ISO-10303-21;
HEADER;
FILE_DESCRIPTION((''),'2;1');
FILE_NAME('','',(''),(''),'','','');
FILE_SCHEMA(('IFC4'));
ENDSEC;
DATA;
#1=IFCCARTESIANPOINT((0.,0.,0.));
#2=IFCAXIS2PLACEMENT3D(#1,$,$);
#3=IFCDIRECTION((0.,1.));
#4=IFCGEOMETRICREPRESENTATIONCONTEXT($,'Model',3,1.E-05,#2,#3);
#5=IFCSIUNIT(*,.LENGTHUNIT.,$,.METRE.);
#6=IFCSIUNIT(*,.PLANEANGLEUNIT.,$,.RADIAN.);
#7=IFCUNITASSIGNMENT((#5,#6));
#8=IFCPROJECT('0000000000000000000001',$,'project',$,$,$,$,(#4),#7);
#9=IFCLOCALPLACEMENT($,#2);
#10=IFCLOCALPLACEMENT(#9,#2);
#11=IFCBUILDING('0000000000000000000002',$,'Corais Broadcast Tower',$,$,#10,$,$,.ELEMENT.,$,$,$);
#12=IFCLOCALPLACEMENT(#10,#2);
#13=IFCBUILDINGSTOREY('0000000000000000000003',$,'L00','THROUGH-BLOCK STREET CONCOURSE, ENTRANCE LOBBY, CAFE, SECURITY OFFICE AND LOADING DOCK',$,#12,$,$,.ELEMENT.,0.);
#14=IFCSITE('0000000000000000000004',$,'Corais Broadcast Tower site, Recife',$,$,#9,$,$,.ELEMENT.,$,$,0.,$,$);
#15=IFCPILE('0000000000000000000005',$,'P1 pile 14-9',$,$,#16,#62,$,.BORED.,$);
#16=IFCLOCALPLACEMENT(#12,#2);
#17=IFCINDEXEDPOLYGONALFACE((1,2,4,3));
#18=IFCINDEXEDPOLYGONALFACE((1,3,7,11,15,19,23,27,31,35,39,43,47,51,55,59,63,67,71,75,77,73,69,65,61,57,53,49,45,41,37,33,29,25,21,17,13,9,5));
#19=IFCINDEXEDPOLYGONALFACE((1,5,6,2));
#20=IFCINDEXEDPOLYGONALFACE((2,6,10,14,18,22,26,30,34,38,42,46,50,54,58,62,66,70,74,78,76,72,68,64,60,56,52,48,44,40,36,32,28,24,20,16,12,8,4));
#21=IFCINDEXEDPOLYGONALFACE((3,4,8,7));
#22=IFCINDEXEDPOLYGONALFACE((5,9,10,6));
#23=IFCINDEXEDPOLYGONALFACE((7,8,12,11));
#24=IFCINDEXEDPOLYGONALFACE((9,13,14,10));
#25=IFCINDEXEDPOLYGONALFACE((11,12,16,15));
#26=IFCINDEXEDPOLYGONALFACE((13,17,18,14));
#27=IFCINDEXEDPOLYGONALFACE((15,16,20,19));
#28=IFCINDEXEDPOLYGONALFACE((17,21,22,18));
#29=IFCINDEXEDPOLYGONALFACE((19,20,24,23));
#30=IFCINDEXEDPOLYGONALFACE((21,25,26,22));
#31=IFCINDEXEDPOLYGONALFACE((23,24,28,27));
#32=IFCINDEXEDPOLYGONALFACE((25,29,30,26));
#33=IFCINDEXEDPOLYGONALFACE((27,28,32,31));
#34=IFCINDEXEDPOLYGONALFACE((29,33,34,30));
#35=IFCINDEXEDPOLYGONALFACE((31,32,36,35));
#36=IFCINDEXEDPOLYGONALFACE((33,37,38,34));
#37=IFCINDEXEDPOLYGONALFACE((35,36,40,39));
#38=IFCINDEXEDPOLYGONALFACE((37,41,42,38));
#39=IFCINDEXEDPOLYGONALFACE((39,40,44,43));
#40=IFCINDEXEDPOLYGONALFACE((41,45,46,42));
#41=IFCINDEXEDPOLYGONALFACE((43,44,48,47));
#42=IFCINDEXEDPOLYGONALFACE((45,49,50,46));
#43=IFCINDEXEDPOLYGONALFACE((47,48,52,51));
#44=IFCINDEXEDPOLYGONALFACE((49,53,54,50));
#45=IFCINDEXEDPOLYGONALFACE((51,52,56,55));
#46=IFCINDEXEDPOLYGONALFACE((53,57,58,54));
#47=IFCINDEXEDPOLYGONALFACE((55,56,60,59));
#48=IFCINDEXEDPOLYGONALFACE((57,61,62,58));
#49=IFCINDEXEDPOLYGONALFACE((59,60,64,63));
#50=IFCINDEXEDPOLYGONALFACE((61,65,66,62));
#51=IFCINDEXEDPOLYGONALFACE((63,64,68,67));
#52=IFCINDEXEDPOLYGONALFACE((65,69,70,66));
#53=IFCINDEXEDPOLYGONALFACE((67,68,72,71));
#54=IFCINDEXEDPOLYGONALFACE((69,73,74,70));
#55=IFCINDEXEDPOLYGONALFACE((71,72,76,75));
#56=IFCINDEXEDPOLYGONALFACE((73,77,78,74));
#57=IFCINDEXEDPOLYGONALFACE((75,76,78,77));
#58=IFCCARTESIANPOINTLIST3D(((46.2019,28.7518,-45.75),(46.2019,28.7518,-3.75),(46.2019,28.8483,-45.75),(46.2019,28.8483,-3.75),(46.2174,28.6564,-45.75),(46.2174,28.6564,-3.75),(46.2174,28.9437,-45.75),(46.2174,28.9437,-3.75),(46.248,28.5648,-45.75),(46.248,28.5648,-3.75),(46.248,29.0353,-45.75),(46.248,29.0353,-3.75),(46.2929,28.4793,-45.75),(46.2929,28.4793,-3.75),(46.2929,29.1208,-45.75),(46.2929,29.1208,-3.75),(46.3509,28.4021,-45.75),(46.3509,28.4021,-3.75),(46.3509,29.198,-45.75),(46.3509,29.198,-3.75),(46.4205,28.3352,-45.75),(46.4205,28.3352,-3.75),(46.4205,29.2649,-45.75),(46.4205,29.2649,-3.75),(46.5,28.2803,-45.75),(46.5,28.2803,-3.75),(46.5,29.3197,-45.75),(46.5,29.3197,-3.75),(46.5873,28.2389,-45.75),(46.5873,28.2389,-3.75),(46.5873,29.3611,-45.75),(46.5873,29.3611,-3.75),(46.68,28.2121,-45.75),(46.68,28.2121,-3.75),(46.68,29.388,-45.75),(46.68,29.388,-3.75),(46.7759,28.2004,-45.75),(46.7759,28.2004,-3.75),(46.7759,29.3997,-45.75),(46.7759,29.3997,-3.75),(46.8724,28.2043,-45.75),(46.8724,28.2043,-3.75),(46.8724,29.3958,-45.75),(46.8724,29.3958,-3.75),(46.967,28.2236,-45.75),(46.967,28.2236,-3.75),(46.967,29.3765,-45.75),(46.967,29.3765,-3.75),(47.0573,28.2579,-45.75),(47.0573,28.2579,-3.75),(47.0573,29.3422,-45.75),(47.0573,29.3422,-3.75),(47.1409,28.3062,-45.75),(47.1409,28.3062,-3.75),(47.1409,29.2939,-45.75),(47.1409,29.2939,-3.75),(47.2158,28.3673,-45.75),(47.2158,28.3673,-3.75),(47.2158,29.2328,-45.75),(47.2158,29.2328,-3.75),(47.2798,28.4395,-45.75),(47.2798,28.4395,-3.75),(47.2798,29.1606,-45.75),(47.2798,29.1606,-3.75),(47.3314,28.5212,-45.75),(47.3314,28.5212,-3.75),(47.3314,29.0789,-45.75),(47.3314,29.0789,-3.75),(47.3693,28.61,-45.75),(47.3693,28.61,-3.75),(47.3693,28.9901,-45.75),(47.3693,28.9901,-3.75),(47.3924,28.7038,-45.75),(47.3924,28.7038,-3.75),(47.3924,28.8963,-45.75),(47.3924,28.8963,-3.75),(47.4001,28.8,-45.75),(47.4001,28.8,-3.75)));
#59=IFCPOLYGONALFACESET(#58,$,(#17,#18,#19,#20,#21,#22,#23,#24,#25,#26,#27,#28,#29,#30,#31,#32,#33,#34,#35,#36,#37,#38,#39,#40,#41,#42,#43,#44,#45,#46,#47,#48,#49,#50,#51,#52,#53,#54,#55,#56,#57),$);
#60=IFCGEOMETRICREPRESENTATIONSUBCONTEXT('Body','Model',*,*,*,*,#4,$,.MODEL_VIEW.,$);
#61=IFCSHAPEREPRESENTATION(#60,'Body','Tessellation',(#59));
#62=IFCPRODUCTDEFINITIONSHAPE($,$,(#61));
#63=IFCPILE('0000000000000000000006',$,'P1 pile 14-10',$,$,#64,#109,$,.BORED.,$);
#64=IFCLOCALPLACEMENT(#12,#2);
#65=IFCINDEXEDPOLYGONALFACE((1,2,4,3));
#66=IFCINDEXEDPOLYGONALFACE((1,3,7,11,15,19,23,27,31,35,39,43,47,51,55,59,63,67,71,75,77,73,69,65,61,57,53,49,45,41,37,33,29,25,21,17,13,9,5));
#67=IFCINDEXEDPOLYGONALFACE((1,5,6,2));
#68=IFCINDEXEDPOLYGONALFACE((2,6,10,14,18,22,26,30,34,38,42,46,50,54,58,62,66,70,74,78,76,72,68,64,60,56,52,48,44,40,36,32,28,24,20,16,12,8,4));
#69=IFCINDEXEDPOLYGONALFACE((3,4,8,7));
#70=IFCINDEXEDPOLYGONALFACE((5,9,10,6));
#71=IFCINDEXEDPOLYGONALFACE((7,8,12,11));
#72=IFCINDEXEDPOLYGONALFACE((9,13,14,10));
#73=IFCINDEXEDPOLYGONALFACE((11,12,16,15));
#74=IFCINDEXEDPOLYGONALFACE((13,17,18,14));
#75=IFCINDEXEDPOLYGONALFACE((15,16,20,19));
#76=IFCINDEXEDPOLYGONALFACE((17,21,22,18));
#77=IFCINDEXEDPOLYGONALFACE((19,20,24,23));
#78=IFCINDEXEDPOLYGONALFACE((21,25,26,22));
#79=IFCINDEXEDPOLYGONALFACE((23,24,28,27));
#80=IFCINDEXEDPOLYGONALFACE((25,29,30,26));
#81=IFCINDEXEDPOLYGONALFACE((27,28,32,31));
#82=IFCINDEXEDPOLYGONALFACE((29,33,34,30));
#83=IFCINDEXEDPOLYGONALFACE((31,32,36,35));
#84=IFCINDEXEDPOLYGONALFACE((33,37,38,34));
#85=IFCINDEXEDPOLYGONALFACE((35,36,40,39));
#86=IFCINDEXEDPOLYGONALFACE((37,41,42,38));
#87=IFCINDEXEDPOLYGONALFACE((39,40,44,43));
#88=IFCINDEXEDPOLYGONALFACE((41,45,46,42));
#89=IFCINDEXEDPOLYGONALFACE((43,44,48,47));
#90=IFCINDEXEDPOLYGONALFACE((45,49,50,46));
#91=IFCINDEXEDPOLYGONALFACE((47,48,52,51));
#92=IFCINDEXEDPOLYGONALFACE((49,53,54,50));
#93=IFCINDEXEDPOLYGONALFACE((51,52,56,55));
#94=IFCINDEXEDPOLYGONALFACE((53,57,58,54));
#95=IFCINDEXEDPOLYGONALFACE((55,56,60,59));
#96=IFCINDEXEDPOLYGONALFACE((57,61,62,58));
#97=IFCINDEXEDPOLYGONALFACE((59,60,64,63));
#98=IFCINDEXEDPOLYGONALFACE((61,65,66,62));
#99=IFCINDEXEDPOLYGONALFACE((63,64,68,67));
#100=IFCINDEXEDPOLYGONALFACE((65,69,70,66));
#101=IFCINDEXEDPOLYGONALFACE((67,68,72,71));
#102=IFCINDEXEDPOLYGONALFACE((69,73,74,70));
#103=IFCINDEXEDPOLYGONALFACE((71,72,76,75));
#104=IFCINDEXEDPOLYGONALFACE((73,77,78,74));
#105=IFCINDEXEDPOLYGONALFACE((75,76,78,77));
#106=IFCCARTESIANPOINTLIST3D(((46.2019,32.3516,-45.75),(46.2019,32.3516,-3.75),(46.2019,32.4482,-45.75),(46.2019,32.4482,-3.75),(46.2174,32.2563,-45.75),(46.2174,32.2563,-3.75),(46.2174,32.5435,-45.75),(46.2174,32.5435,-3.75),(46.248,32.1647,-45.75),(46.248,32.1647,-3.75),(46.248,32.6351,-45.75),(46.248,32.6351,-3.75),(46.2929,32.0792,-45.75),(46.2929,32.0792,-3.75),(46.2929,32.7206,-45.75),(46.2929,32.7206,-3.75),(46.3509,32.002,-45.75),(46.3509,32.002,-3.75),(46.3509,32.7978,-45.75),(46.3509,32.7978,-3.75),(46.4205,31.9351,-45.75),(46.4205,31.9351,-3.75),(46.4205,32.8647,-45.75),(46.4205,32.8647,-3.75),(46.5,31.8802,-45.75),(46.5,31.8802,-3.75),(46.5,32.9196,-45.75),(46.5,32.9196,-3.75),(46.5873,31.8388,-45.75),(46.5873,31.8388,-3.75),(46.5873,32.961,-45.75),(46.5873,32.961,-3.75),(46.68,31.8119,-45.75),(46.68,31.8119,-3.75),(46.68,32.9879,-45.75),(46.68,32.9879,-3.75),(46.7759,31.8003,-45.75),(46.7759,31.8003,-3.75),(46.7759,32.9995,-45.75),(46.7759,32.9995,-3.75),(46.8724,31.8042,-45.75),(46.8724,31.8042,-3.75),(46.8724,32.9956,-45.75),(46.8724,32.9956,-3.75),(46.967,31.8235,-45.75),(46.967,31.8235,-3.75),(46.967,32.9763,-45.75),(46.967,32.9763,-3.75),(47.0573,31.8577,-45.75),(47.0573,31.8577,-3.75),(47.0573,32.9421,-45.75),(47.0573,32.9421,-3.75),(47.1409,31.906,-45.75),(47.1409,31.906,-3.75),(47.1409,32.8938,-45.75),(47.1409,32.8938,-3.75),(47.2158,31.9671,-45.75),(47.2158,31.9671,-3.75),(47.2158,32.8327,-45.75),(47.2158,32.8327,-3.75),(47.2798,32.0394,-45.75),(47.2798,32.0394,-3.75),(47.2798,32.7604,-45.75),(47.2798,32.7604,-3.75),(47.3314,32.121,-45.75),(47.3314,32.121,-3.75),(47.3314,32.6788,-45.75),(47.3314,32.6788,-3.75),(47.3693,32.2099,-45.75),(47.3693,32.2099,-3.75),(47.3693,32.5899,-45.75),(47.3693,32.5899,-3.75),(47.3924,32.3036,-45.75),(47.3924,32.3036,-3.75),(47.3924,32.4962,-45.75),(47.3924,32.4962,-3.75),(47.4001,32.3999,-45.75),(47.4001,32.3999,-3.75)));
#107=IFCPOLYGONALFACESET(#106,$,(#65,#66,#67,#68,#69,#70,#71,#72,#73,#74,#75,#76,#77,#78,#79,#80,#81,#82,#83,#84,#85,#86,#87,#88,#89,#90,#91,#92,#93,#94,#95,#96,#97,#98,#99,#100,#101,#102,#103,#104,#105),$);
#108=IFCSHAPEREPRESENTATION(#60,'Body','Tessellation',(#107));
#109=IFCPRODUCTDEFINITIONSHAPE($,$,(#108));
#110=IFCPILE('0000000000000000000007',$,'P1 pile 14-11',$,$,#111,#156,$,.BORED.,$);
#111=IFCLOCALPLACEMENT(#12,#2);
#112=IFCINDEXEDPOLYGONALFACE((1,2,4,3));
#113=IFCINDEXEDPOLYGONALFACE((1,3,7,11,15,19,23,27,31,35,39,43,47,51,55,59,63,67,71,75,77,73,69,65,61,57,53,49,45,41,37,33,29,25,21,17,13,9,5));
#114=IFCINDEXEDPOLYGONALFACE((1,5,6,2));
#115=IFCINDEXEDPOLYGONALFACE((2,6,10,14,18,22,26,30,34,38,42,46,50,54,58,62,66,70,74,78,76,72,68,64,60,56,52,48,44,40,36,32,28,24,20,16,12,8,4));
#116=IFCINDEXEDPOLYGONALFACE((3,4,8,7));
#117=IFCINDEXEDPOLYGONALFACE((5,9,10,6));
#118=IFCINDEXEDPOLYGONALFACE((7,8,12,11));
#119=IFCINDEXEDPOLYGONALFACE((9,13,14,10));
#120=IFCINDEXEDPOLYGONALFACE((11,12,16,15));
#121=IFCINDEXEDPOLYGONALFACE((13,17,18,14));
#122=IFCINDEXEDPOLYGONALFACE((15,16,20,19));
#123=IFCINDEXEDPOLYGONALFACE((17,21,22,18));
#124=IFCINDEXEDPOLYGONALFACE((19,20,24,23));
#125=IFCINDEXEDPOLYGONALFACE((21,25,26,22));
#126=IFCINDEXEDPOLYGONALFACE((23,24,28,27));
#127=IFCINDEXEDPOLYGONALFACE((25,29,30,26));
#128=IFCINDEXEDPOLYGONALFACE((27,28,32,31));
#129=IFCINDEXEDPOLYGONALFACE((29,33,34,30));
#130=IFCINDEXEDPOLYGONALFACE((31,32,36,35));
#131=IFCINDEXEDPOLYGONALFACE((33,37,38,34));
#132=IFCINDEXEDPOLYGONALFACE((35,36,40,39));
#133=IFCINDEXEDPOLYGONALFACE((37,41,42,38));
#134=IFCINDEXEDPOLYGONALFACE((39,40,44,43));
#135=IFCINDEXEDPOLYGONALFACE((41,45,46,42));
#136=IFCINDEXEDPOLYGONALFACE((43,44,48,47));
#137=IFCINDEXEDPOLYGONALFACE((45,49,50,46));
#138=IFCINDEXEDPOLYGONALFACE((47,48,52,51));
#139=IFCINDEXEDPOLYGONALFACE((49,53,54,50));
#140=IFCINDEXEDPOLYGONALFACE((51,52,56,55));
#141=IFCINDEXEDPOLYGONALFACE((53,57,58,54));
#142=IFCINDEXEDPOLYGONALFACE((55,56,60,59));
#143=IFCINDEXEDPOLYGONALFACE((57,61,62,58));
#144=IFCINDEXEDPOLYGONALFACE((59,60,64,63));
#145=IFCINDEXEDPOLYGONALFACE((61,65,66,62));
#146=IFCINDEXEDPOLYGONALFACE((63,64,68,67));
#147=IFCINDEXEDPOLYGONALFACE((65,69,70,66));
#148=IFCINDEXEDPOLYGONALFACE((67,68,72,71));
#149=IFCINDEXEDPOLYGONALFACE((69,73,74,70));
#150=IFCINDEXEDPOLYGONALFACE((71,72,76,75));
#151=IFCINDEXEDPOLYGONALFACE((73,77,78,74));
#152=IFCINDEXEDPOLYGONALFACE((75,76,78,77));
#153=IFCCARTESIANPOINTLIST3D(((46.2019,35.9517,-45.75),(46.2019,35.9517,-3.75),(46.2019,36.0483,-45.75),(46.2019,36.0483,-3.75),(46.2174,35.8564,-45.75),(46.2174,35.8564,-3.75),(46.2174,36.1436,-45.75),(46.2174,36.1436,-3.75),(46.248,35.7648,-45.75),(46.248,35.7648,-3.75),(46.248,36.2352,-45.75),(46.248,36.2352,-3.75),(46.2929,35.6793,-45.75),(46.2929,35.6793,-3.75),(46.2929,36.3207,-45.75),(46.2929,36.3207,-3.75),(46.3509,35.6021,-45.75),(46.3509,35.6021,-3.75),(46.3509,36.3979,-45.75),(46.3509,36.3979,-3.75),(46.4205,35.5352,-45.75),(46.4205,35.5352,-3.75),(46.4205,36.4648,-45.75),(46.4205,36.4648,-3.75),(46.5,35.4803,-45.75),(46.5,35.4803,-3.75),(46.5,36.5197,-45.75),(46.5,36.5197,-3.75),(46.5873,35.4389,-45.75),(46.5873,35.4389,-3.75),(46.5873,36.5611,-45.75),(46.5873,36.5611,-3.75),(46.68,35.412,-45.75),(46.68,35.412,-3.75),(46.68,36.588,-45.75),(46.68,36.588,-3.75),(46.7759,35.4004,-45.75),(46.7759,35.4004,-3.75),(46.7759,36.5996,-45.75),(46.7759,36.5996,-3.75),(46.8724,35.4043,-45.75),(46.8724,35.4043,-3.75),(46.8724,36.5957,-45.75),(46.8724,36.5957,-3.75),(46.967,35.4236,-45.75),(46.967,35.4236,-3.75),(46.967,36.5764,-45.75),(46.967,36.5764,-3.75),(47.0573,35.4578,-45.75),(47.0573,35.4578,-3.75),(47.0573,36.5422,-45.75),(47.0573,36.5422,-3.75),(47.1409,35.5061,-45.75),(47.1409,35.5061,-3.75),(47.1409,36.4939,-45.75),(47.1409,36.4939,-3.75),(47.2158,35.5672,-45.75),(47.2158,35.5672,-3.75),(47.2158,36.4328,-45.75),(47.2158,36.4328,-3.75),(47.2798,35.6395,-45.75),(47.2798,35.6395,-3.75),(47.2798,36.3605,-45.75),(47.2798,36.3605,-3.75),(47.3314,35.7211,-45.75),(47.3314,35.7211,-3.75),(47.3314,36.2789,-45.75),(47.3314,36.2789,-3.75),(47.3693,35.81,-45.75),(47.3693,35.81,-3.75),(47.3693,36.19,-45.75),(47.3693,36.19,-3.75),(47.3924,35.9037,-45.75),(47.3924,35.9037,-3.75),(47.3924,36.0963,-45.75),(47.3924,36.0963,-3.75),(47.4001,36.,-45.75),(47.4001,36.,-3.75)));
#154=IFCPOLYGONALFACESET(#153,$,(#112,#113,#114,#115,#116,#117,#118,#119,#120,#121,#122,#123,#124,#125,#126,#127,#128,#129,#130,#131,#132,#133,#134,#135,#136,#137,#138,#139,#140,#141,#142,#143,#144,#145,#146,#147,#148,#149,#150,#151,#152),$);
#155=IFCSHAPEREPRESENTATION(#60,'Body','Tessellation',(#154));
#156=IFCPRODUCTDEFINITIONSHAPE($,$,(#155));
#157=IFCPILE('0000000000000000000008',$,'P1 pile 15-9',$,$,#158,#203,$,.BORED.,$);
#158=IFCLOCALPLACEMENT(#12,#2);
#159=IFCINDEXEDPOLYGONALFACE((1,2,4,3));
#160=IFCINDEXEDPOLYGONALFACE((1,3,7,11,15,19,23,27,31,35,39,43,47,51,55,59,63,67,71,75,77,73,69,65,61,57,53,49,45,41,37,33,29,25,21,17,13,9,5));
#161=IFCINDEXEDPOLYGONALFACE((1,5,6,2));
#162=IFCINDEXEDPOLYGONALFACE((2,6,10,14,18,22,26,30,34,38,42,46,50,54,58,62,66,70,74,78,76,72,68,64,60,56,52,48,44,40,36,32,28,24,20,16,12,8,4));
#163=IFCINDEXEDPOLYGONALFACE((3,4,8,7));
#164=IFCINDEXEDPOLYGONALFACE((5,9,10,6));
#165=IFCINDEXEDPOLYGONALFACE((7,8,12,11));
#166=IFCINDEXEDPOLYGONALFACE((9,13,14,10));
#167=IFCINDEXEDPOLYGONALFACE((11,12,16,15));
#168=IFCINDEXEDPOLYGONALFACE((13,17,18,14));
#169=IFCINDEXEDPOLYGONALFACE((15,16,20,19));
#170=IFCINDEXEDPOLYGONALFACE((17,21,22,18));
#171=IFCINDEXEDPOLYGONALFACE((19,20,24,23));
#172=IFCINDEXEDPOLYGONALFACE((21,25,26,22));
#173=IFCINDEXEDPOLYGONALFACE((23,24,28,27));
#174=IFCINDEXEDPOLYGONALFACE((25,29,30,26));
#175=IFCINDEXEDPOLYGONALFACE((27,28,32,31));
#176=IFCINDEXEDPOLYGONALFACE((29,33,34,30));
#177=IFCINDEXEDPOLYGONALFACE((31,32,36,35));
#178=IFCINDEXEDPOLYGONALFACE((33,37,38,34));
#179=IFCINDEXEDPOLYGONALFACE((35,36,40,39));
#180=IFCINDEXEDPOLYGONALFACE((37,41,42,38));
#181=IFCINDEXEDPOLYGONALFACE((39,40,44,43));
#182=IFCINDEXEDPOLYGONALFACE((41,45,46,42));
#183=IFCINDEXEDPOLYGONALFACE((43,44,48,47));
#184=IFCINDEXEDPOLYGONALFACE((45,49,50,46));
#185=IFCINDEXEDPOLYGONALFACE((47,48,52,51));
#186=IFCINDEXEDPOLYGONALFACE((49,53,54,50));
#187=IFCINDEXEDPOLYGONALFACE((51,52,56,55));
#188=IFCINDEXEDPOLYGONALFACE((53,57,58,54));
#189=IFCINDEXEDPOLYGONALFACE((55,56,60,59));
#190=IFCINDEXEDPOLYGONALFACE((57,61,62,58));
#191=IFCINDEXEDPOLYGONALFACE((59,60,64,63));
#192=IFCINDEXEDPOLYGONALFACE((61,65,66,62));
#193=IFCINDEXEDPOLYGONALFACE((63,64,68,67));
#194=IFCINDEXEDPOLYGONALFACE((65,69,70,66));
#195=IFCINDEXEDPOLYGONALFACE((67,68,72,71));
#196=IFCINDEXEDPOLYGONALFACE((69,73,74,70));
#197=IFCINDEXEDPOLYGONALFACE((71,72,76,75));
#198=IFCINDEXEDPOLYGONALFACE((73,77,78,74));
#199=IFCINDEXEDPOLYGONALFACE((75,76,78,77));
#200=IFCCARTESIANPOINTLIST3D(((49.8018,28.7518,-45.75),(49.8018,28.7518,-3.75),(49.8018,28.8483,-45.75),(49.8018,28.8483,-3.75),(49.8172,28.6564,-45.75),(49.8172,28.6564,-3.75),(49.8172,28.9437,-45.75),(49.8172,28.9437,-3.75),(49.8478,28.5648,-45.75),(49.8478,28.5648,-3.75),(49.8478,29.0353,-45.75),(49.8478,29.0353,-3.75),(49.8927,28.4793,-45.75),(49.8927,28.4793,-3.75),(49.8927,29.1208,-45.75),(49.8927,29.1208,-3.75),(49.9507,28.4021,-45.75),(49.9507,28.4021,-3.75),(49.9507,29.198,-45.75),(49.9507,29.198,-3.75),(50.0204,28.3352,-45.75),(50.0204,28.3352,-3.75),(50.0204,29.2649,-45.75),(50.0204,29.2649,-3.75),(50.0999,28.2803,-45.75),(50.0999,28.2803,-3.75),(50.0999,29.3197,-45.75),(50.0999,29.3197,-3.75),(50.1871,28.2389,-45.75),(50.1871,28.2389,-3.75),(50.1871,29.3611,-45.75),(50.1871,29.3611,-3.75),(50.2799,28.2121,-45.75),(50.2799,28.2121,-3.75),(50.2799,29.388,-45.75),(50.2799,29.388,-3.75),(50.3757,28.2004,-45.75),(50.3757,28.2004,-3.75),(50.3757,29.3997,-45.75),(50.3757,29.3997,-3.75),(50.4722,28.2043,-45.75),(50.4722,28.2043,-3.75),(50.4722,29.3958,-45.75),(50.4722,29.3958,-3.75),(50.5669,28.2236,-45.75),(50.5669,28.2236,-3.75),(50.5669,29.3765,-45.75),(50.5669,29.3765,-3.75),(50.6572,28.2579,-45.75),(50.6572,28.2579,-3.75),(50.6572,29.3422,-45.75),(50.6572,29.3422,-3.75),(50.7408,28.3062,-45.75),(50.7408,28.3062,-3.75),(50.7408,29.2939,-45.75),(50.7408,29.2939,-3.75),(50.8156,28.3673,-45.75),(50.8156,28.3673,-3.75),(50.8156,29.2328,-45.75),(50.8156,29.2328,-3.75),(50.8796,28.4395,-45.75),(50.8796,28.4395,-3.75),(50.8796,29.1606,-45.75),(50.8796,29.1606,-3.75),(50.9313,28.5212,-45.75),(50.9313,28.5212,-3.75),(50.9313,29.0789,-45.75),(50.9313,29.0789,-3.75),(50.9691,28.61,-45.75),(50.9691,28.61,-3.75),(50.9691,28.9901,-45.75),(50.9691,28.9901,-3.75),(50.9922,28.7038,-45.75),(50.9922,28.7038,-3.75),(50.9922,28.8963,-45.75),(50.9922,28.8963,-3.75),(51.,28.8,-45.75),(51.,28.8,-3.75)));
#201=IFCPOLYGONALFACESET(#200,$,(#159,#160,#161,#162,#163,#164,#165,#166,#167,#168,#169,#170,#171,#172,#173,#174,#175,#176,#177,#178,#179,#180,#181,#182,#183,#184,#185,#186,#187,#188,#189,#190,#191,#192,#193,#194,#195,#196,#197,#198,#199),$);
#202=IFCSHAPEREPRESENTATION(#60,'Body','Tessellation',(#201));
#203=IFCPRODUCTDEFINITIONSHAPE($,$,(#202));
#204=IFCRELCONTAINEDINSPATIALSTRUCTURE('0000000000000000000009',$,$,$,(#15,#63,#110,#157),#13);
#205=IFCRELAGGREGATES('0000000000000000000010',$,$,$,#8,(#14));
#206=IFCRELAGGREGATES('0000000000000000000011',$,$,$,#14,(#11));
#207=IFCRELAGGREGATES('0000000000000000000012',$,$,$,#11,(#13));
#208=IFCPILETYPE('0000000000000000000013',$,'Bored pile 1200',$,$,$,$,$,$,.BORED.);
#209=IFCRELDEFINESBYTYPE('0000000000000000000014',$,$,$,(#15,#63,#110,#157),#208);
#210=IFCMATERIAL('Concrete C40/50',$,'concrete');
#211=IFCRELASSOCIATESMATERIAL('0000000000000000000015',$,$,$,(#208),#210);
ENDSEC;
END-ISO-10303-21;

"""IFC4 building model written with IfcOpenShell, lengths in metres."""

from ifc_helpers import new_model, si_unit, direction, frame, origin, origin_2d, place, context, subcontext, project, spatial, circle, extrude, material, type_object, element, save


model = new_model("IFC4")

# Units and contexts
model_context = context("Model", 3, precision=1e-05, world=origin(), true_north=direction((0.0, 1.0)))
body_context = subcontext(model_context, "Body", "Model", "MODEL_VIEW")
ifc_project = project(units=[si_unit("LENGTHUNIT", "METRE"), si_unit("PLANEANGLEUNIT", "RADIAN")], contexts=[model_context])

# Site, building, storey
site_placement = place(None, origin())
site = spatial("IfcSite", under=ifc_project, at=site_placement, Name="Corais Broadcast Tower site, Recife", CompositionType="ELEMENT", RefElevation=0.0)
building_placement = place(site_placement, origin())
building = spatial("IfcBuilding", under=site, at=building_placement, Name="Corais Broadcast Tower", CompositionType="ELEMENT")
storey_placement = place(building_placement, origin())
storey = spatial("IfcBuildingStorey", under=building, at=storey_placement, Name="L00", Description="THROUGH-BLOCK STREET CONCOURSE, ENTRANCE LOBBY, CAFE, SECURITY OFFICE AND LOADING DOCK", CompositionType="ELEMENT", Elevation=0.0)

# Piles
ifc_material_1 = material(Name="Concrete C40/50", Category="concrete")
pile_type_1 = type_object("IfcPileType", Name="Bored pile 1200", PredefinedType="BORED", material=ifc_material_1)
for number, where, z_axis, x_axis, name in (
    (1, (46.8, 28.8, -3.75), (0.0, 0.0, -1.0), (1.0, 0.0, 0.0), "P1 pile 14-9"),
    (2, (46.8, 32.3999, -3.75), (0.0, 0.0, -1.0), (1.0, 0.0, 0.0), "P1 pile 14-10"),
    (3, (46.8, 36.0, -3.75), (0.0, 0.0, -1.0), (1.0, 0.0, 0.0), "P1 pile 14-11"),
    (4, (50.3999, 28.8, -3.75), (0.0, 0.0, -1.0), (1.0, 0.0, 0.0), "P1 pile 15-9"),
):
    element("IfcPile", number, at=place(storey_placement, frame(where, z_axis=z_axis, x_axis=x_axis)), inside=storey, type_object=pile_type_1, Name=name, PredefinedType="BORED", context=body_context, shape_type="SweptSolid", body=[
        extrude(circle(Radius=0.6001, at=origin_2d()), origin(), (0.0, 0.0, 1.0), 42.0),
    ])

save(model, "model.ifc")
